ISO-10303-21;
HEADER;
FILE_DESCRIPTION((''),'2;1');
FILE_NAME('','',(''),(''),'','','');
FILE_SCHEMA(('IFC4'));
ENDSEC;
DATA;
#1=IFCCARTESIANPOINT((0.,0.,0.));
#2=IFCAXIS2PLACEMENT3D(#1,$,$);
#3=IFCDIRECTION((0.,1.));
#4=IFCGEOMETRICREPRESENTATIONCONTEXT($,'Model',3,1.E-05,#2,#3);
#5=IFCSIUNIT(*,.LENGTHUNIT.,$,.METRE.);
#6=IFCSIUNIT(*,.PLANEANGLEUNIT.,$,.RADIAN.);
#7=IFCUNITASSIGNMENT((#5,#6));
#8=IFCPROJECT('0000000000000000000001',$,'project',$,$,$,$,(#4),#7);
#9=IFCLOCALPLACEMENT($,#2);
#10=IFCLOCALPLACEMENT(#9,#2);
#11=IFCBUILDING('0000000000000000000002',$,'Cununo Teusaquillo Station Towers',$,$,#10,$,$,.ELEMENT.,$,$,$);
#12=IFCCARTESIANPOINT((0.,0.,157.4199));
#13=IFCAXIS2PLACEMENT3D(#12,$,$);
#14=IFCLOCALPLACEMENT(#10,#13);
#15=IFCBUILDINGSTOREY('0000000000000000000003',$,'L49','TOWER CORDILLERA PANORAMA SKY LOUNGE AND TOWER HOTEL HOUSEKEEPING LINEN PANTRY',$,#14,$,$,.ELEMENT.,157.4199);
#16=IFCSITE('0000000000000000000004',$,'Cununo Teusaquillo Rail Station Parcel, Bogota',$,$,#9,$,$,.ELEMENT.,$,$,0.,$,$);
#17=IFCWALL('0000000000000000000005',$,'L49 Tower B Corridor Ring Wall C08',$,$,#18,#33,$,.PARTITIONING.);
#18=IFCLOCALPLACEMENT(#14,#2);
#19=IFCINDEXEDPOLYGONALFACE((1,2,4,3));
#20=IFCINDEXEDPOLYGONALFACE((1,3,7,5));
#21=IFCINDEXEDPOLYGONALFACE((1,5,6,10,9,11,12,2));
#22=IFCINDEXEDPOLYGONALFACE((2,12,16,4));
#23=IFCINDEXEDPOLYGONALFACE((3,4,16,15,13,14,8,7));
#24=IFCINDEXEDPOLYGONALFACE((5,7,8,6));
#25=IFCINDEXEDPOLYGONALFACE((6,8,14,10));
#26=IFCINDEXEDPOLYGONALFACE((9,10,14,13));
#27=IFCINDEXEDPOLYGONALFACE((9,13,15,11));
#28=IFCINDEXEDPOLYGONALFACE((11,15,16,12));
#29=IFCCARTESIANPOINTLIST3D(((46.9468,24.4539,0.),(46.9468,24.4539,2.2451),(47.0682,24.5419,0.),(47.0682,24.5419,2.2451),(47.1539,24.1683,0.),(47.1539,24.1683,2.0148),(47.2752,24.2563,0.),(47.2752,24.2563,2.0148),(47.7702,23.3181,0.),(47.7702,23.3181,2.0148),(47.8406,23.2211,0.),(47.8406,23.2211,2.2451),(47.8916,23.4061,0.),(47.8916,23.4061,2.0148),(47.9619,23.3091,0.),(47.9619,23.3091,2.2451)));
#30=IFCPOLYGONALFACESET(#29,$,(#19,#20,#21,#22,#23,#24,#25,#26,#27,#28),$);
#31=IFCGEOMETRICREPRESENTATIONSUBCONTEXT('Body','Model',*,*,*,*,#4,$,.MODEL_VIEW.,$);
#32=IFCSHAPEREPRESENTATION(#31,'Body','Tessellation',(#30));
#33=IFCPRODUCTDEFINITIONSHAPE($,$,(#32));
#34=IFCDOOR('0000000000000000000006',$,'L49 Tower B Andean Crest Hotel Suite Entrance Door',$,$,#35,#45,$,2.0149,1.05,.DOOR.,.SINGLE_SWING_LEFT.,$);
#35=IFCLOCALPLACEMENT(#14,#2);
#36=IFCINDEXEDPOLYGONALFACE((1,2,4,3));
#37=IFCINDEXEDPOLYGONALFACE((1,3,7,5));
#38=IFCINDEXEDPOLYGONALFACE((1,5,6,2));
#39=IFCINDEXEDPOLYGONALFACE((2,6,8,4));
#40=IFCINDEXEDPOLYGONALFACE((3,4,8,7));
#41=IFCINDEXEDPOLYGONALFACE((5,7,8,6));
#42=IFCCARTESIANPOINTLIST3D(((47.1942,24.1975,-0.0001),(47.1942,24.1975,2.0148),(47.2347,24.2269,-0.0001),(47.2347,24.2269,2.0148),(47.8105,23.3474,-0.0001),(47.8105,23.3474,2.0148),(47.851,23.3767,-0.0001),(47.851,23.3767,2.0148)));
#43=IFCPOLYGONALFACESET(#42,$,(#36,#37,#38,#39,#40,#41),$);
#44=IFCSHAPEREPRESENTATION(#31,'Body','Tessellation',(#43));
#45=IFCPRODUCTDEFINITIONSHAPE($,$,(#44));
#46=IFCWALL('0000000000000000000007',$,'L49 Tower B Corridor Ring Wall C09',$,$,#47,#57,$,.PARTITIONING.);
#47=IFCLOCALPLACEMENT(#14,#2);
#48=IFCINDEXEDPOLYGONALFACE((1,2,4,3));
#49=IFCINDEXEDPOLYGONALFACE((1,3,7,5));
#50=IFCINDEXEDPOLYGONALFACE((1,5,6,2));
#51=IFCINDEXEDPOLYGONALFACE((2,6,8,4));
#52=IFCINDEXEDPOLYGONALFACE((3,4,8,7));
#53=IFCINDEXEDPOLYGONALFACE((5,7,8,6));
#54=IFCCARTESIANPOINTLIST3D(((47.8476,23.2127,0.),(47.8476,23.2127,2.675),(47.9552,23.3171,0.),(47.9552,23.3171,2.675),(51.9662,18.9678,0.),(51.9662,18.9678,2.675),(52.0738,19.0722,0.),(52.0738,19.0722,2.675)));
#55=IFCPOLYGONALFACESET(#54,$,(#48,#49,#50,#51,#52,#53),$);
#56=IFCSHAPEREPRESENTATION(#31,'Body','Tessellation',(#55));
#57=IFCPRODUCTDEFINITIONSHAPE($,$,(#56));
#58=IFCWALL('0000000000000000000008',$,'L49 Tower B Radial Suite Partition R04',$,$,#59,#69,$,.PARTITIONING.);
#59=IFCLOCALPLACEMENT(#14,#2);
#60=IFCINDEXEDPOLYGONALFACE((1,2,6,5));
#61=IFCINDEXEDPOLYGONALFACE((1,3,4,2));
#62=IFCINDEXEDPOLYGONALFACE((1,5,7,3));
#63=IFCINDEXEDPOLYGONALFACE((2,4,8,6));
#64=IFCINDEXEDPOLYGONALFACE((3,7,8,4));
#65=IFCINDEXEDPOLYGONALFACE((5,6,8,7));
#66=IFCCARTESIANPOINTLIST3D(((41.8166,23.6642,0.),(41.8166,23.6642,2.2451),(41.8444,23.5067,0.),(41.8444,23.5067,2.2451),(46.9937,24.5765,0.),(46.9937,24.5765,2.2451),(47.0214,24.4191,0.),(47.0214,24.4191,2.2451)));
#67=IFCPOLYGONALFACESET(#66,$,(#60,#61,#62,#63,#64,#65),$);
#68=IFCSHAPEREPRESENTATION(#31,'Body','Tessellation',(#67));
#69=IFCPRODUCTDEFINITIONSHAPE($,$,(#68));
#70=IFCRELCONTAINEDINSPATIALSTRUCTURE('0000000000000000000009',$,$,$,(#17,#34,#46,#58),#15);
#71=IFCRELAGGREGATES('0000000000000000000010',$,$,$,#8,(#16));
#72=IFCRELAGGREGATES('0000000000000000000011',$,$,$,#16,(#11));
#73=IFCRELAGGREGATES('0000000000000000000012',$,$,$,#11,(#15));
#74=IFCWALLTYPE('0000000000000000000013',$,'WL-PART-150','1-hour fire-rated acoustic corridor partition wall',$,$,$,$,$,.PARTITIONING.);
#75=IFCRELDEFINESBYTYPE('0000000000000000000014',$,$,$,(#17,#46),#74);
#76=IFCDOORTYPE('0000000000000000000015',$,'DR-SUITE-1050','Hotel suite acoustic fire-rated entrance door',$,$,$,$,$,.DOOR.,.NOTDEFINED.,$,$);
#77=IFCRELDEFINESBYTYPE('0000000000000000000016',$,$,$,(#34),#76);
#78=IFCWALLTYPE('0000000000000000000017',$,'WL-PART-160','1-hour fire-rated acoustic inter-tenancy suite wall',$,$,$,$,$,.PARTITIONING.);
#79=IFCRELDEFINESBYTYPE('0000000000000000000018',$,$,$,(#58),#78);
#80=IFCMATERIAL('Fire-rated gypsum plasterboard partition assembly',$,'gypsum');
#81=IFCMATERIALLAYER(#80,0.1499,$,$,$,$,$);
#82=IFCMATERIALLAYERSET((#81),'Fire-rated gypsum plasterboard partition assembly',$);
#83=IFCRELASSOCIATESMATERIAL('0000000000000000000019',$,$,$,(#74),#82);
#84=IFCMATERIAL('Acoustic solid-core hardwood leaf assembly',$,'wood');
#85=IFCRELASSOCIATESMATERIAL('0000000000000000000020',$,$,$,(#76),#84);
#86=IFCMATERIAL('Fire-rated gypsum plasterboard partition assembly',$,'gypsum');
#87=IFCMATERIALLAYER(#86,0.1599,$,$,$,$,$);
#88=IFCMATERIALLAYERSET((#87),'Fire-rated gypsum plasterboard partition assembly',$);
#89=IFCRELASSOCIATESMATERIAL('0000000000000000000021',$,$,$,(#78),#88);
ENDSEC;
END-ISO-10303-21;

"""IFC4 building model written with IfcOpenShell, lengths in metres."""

from ifc_helpers import new_model, si_unit, direction, frame, frame_2d, origin, place, context, subcontext, project, spatial, rectangle, extrude, source, transform, mapped, material, layer, layer_set, type_object, element, fill, save


model = new_model("IFC4")

# Units and contexts
model_context = context("Model", 3, precision=1e-05, world=origin(), true_north=direction((0.0, 1.0)))
body_context = subcontext(model_context, "Body", "Model", "MODEL_VIEW")
ifc_project = project(units=[si_unit("LENGTHUNIT", "METRE"), si_unit("PLANEANGLEUNIT", "RADIAN")], contexts=[model_context])

# Site, building, storey
site_placement = place(None, origin())
site = spatial("IfcSite", under=ifc_project, at=site_placement, Name="Cununo Teusaquillo Rail Station Parcel, Bogota", CompositionType="ELEMENT", RefElevation=0.0)
building_placement = place(site_placement, origin())
building = spatial("IfcBuilding", under=site, at=building_placement, Name="Cununo Teusaquillo Station Towers", CompositionType="ELEMENT")
storey_placement = place(building_placement, frame((0.0, 0.0, 157.4199)))
storey = spatial("IfcBuildingStorey", under=building, at=storey_placement, Name="L49", Description="TOWER CORDILLERA PANORAMA SKY LOUNGE AND TOWER HOTEL HOUSEKEEPING LINEN PANTRY", CompositionType="ELEMENT", Elevation=157.4199)

# Wall, opening, door
ifc_material_1 = material(Name="Fire-rated gypsum plasterboard partition assembly", Category="gypsum")
ifc_layer_1 = layer(ifc_material_1, 0.1499)
ifc_layer_set_1 = layer_set([ifc_layer_1], Name="Fire-rated gypsum plasterboard partition assembly")
wall_type_1 = type_object("IfcWallType", Name="WL-PART-150", Description="1-hour fire-rated acoustic corridor partition wall", PredefinedType="PARTITIONING", material=ifc_layer_set_1)
wall_1_placement = place(storey_placement, frame((47.0076, 24.4978, 0.0), z_axis=(0.0, 0.0, 1.0), x_axis=(0.586941, -0.809629, 0.0)))
wall_1 = element("IfcWall", 1, at=wall_1_placement, inside=storey, type_object=wall_type_1, Name="L49 Tower B Corridor Ring Wall C08", PredefinedType="PARTITIONING", context=body_context, shape_type="SweptSolid", body=[
    extrude(rectangle(XDim=1.5227, YDim=0.1499, at=frame_2d((0.7612, 0.0))), origin(), (0.0, 0.0, 1.0), 2.2451),
])
shared_shape_1 = source(origin(), body_context, "Body", "SweptSolid", [
    extrude(rectangle(XDim=1.05, YDim=2.0149, at=frame_2d((0.5249, 1.0073))), frame((0.0, 0.085, 0.0), z_axis=(0.0, -1.0, 0.0), x_axis=(1.0, 0.0, 0.0)), (0.0, 0.0, 1.0), 0.1699),
])
opening_1_placement = place(wall_1_placement, frame((0.3528, 0.0, 0.0)))
opening_1 = element("IfcOpeningElement", 2, at=opening_1_placement, cuts=wall_1, PredefinedType="OPENING", context=body_context, shape_type="MappedRepresentation", body=[
    mapped(shared_shape_1, transform((0.0, 0.0, 0.0), x_axis=(1.0, 0.0, 0.0), y_axis=(0.0, 1.0, 0.0), z_axis=(0.0, 0.0, 1.0), scale=1.0)),
])
ifc_material_2 = material(Name="Acoustic solid-core hardwood leaf assembly", Category="wood")
door_type_1 = type_object("IfcDoorType", Name="DR-SUITE-1050", Description="Hotel suite acoustic fire-rated entrance door", OperationType="NOTDEFINED", PredefinedType="DOOR", material=ifc_material_2)
shared_shape_2 = source(origin(), body_context, "Body", "SweptSolid", [
    extrude(rectangle(XDim=1.05, YDim=2.0149, at=frame_2d((0.5249, 1.0073))), frame((0.0, 0.0249, 0.0), z_axis=(0.0, -1.0, 0.0), x_axis=(1.0, 0.0, 0.0)), (0.0, 0.0, 1.0), 0.05),
])
door_1_placement = place(opening_1_placement, origin())
door_1 = element("IfcDoor", 3, at=door_1_placement, inside=storey, type_object=door_type_1, Name="L49 Tower B Andean Crest Hotel Suite Entrance Door", OperationType="SINGLE_SWING_LEFT", OverallHeight=2.0149, OverallWidth=1.05, PredefinedType="DOOR", context=body_context, shape_type="MappedRepresentation", body=[
    mapped(shared_shape_2, transform((0.0, 0.0, 0.0), x_axis=(1.0, 0.0, 0.0), y_axis=(0.0, 1.0, 0.0), z_axis=(0.0, 0.0, 1.0), scale=1.0)),
])
fill(opening_1, door_1)

# Walls
wall_2_placement = place(storey_placement, frame((47.9014, 23.2649, 0.0), z_axis=(0.0, 0.0, 1.0), x_axis=(0.696356, -0.717697, 0.0)))
element("IfcWall", 4, at=wall_2_placement, inside=storey, type_object=wall_type_1, Name="L49 Tower B Corridor Ring Wall C09", PredefinedType="PARTITIONING", context=body_context, shape_type="SweptSolid", body=[
    extrude(rectangle(XDim=5.9146, YDim=0.1499, at=frame_2d((2.9573, 0.0))), origin(), (0.0, 0.0, 1.0), 2.675),
])
ifc_material_3 = material(Name="Fire-rated gypsum plasterboard partition assembly", Category="gypsum")
ifc_layer_2 = layer(ifc_material_3, 0.1599)
ifc_layer_set_2 = layer_set([ifc_layer_2], Name="Fire-rated gypsum plasterboard partition assembly")
wall_type_2 = type_object("IfcWallType", Name="WL-PART-160", Description="1-hour fire-rated acoustic inter-tenancy suite wall", PredefinedType="PARTITIONING", material=ifc_layer_set_2)
wall_3_placement = place(storey_placement, frame((47.0076, 24.4978, 0.0), z_axis=(0.0, 0.0, 1.0), x_axis=(-0.984824, -0.173557, 0.0)))
element("IfcWall", 5, at=wall_3_placement, inside=storey, type_object=wall_type_2, Name="L49 Tower B Radial Suite Partition R04", PredefinedType="PARTITIONING", context=body_context, shape_type="SweptSolid", body=[
    extrude(rectangle(XDim=5.2568, YDim=0.1599, at=frame_2d((2.6284, 0.0))), origin(), (0.0, 0.0, 1.0), 2.2451),
])

save(model, "model.ifc")
